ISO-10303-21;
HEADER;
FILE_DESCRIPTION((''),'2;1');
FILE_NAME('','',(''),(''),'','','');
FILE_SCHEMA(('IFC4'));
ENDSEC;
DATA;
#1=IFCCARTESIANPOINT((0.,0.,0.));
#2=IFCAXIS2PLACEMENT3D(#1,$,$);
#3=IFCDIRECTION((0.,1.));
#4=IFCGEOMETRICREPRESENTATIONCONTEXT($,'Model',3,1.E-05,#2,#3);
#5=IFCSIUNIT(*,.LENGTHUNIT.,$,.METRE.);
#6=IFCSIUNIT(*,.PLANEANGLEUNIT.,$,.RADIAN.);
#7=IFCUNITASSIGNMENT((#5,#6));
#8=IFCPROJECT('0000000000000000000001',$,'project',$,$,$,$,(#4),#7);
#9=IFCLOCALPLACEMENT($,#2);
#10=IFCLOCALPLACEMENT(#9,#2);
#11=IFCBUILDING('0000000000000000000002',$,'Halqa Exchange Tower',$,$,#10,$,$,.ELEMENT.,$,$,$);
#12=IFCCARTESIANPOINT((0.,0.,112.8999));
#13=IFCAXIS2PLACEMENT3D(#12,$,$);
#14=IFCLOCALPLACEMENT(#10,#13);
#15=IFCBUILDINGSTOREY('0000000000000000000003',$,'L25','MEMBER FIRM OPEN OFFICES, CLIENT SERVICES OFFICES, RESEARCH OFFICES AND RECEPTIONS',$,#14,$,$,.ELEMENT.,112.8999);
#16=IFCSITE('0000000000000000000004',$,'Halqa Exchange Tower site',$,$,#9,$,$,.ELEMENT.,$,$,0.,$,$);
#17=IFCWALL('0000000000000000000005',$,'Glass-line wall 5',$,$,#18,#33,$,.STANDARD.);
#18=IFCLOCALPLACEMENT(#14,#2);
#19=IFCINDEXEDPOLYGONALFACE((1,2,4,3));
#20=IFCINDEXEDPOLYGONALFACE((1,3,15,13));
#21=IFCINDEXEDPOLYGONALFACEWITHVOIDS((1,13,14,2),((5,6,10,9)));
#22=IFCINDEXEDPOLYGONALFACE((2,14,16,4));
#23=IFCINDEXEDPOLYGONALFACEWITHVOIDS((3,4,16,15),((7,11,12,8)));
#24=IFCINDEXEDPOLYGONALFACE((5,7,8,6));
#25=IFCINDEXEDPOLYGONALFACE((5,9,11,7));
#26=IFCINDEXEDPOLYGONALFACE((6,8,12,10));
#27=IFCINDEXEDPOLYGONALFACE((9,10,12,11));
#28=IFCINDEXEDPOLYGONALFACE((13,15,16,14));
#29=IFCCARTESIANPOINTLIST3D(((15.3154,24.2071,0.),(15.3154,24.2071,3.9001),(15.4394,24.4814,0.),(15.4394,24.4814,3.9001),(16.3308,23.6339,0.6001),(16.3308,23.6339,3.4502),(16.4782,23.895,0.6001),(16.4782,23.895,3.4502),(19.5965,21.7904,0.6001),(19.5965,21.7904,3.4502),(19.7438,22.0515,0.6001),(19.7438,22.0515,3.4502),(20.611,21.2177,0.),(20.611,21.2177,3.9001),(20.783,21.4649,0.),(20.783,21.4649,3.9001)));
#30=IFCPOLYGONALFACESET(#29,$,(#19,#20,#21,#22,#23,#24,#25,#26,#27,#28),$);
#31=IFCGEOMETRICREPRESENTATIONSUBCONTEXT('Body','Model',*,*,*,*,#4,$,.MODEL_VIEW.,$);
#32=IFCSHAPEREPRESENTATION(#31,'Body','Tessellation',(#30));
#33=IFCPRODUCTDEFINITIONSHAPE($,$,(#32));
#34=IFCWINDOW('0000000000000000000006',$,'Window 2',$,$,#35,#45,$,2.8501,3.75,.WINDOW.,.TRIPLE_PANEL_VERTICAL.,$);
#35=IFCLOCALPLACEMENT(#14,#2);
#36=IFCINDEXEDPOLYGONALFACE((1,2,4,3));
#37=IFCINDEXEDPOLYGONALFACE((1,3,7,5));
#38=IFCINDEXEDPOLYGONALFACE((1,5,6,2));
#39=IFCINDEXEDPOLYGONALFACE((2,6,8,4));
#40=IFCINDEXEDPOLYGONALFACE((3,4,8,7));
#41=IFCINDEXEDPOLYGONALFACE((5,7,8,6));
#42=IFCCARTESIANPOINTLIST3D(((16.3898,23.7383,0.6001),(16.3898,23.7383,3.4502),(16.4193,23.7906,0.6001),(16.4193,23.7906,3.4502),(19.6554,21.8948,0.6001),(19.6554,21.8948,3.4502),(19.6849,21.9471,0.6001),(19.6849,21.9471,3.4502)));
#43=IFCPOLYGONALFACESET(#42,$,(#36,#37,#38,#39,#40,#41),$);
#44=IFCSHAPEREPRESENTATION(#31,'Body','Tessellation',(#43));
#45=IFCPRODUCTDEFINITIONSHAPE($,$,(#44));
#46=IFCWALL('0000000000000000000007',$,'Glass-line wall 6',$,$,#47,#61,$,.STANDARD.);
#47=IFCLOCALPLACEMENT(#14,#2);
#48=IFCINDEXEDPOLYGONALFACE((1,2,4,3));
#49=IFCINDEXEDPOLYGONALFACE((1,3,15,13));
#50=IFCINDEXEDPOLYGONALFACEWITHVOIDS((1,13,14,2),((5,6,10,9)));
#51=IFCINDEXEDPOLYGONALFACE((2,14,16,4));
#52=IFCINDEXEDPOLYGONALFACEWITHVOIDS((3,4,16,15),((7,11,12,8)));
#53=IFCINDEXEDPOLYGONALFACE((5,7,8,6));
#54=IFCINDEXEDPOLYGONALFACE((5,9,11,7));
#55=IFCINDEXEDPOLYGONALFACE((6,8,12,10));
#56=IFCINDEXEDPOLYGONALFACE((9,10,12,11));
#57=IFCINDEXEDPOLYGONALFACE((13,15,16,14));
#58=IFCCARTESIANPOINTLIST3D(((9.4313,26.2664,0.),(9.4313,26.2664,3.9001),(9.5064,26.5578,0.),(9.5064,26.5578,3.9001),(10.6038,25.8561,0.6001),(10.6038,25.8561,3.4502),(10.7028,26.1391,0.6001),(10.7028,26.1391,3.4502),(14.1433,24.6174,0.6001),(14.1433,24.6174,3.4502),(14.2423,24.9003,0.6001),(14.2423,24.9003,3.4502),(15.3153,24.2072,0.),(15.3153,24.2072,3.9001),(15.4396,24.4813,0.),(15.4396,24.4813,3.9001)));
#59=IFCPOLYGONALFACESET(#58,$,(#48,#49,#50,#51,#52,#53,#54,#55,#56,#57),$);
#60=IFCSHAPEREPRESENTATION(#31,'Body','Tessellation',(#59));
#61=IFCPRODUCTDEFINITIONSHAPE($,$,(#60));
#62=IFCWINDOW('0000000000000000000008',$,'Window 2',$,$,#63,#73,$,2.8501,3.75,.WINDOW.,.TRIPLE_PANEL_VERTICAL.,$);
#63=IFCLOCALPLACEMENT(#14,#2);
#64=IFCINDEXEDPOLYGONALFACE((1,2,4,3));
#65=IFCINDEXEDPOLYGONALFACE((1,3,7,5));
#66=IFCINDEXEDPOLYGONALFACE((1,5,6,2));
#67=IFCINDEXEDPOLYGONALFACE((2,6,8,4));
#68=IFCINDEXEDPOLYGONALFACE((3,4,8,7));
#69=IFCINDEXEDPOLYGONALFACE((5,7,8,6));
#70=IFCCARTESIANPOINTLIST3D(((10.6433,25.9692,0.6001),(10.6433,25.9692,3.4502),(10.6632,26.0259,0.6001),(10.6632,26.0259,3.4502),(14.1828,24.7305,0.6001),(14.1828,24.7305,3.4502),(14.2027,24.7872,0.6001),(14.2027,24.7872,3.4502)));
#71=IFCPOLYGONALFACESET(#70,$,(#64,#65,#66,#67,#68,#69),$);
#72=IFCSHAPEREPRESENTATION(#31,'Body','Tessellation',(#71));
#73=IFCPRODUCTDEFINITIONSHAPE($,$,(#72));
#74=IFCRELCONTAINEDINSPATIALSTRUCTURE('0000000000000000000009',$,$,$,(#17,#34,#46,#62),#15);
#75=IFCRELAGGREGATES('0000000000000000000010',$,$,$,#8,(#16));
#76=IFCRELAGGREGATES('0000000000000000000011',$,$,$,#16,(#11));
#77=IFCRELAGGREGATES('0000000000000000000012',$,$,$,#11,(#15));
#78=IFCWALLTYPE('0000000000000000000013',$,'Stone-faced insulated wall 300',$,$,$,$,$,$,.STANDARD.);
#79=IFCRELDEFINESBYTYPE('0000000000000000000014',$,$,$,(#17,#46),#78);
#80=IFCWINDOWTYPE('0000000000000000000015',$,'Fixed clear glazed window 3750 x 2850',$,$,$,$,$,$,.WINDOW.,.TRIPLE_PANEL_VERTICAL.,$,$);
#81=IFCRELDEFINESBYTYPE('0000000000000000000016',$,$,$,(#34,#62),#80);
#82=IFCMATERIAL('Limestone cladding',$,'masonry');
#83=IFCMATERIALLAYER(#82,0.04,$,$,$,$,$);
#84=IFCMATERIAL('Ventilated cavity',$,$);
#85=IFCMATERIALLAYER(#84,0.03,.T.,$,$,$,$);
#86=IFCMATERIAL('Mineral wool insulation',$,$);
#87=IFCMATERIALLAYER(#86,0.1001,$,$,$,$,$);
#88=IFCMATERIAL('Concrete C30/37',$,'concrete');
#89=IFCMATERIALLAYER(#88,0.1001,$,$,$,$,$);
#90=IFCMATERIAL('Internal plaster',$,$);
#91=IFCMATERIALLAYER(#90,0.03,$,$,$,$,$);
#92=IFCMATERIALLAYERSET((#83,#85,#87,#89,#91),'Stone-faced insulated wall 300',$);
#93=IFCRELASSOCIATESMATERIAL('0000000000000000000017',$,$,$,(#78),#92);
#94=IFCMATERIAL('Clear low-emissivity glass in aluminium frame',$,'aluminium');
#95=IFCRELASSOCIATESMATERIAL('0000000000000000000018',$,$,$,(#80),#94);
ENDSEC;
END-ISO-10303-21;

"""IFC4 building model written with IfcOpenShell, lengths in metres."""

from ifc_helpers import new_model, si_unit, direction, frame, frame_2d, origin, place, context, subcontext, project, spatial, polyline, rectangle, outline, extrude, material, layer, layer_set, type_object, element, fill, save


model = new_model("IFC4")

# Units and contexts
model_context = context("Model", 3, precision=1e-05, world=origin(), true_north=direction((0.0, 1.0)))
body_context = subcontext(model_context, "Body", "Model", "MODEL_VIEW")
ifc_project = project(units=[si_unit("LENGTHUNIT", "METRE"), si_unit("PLANEANGLEUNIT", "RADIAN")], contexts=[model_context])

# Site, building, storey
site_placement = place(None, origin())
site = spatial("IfcSite", under=ifc_project, at=site_placement, Name="Halqa Exchange Tower site", CompositionType="ELEMENT", RefElevation=0.0)
building_placement = place(site_placement, origin())
building = spatial("IfcBuilding", under=site, at=building_placement, Name="Halqa Exchange Tower", CompositionType="ELEMENT")
storey_placement = place(building_placement, frame((0.0, 0.0, 112.8999)))
storey = spatial("IfcBuildingStorey", under=building, at=storey_placement, Name="L25", Description="MEMBER FIRM OPEN OFFICES, CLIENT SERVICES OFFICES, RESEARCH OFFICES AND RECEPTIONS", CompositionType="ELEMENT", Elevation=112.8999)

# Shared definitions
ifc_material_1 = material(Name="Limestone cladding", Category="masonry")
ifc_layer_1 = layer(ifc_material_1, 0.04)
ifc_material_2 = material(Name="Ventilated cavity")
ifc_layer_2 = layer(ifc_material_2, 0.03, ventilated=True)
ifc_material_3 = material(Name="Mineral wool insulation")
ifc_layer_3 = layer(ifc_material_3, 0.1001)
ifc_material_4 = material(Name="Concrete C30/37", Category="concrete")
ifc_layer_4 = layer(ifc_material_4, 0.1001)
ifc_material_5 = material(Name="Internal plaster")
ifc_layer_5 = layer(ifc_material_5, 0.03)
ifc_layer_set = layer_set([ifc_layer_1, ifc_layer_2, ifc_layer_3, ifc_layer_4, ifc_layer_5], Name="Stone-faced insulated wall 300")
wall_type = type_object("IfcWallType", Name="Stone-faced insulated wall 300", PredefinedType="STANDARD", material=ifc_layer_set)
ifc_material_6 = material(Name="Clear low-emissivity glass in aluminium frame", Category="aluminium")
window_type = type_object("IfcWindowType", Name="Fixed clear glazed window 3750 x 2850", PartitioningType="TRIPLE_PANEL_VERTICAL", PredefinedType="WINDOW", material=ifc_material_6)

# Walls, openings, windows
wall_1_placement = place(storey_placement, frame((20.697, 21.3413, 0.0), z_axis=(0.0, 0.0, 1.0), x_axis=(-0.870828, 0.491587, 0.0)))
wall_1 = element("IfcWall", 1, at=wall_1_placement, inside=storey, type_object=wall_type, Name="Glass-line wall 5", PredefinedType="STANDARD", context=body_context, shape_type="SweptSolid", body=[
    extrude(outline(polyline([(-0.0142, -0.1499), (6.1221, -0.1499), (6.0952, 0.1499), (0.0142, 0.1499), (-0.0142, -0.1499)])), origin(), (0.0, 0.0, 1.0), 3.9001),
])
opening_1_placement = place(wall_1_placement, frame((1.1792, 0.0, 0.6001)))
opening_1 = element("IfcOpeningElement", 2, at=opening_1_placement, cuts=wall_1, PredefinedType="OPENING", context=body_context, shape_type="SweptSolid", body=[
    extrude(rectangle(XDim=3.75, YDim=2.8501, at=frame_2d((1.875, 1.425))), frame((0.0, 0.1621, 0.0), z_axis=(0.0, -1.0, 0.0), x_axis=(1.0, 0.0, 0.0)), (0.0, 0.0, 1.0), 0.324),
])
window_1_placement = place(opening_1_placement, origin())
window_1 = element("IfcWindow", 3, at=window_1_placement, inside=storey, type_object=window_type, Name="Window 2", OverallHeight=2.8501, OverallWidth=3.75, PartitioningType="TRIPLE_PANEL_VERTICAL", PredefinedType="WINDOW", context=body_context, shape_type="SweptSolid", body=[
    extrude(rectangle(XDim=3.75, YDim=2.8501, at=frame_2d((1.875, 1.425))), frame((0.0, 0.03, 0.0), z_axis=(0.0, -1.0, 0.0), x_axis=(1.0, 0.0, 0.0)), (0.0, 0.0, 1.0), 0.0601),
])
fill(opening_1, window_1)
wall_2_placement = place(storey_placement, frame((15.3774, 24.3442, 0.0), z_axis=(0.0, 0.0, 1.0), x_axis=(-0.943867, 0.330326, 0.0)))
wall_2 = element("IfcWall", 4, at=wall_2_placement, inside=storey, type_object=wall_type, Name="Glass-line wall 6", PredefinedType="STANDARD", context=body_context, shape_type="SweptSolid", body=[
    extrude(outline(polyline([(-0.0134, -0.1499), (6.2727, -0.1499), (6.2473, 0.1499), (0.0134, 0.1499), (-0.0134, -0.1499)])), origin(), (0.0, 0.0, 1.0), 3.9001),
])
opening_2_placement = place(wall_2_placement, frame((1.2551, 0.0, 0.6001)))
opening_2 = element("IfcOpeningElement", 5, at=opening_2_placement, cuts=wall_2, PredefinedType="OPENING", context=body_context, shape_type="SweptSolid", body=[
    extrude(rectangle(XDim=3.75, YDim=2.8501, at=frame_2d((1.875, 1.425))), frame((0.0, 0.1621, 0.0), z_axis=(0.0, -1.0, 0.0), x_axis=(1.0, 0.0, 0.0)), (0.0, 0.0, 1.0), 0.324),
])
window_2_placement = place(opening_2_placement, origin())
window_2 = element("IfcWindow", 6, at=window_2_placement, inside=storey, type_object=window_type, Name="Window 2", OverallHeight=2.8501, OverallWidth=3.75, PartitioningType="TRIPLE_PANEL_VERTICAL", PredefinedType="WINDOW", context=body_context, shape_type="SweptSolid", body=[
    extrude(rectangle(XDim=3.75, YDim=2.8501, at=frame_2d((1.875, 1.425))), frame((0.0, 0.03, 0.0), z_axis=(0.0, -1.0, 0.0), x_axis=(1.0, 0.0, 0.0)), (0.0, 0.0, 1.0), 0.0601),
])
fill(opening_2, window_2)

save(model, "model.ifc")
